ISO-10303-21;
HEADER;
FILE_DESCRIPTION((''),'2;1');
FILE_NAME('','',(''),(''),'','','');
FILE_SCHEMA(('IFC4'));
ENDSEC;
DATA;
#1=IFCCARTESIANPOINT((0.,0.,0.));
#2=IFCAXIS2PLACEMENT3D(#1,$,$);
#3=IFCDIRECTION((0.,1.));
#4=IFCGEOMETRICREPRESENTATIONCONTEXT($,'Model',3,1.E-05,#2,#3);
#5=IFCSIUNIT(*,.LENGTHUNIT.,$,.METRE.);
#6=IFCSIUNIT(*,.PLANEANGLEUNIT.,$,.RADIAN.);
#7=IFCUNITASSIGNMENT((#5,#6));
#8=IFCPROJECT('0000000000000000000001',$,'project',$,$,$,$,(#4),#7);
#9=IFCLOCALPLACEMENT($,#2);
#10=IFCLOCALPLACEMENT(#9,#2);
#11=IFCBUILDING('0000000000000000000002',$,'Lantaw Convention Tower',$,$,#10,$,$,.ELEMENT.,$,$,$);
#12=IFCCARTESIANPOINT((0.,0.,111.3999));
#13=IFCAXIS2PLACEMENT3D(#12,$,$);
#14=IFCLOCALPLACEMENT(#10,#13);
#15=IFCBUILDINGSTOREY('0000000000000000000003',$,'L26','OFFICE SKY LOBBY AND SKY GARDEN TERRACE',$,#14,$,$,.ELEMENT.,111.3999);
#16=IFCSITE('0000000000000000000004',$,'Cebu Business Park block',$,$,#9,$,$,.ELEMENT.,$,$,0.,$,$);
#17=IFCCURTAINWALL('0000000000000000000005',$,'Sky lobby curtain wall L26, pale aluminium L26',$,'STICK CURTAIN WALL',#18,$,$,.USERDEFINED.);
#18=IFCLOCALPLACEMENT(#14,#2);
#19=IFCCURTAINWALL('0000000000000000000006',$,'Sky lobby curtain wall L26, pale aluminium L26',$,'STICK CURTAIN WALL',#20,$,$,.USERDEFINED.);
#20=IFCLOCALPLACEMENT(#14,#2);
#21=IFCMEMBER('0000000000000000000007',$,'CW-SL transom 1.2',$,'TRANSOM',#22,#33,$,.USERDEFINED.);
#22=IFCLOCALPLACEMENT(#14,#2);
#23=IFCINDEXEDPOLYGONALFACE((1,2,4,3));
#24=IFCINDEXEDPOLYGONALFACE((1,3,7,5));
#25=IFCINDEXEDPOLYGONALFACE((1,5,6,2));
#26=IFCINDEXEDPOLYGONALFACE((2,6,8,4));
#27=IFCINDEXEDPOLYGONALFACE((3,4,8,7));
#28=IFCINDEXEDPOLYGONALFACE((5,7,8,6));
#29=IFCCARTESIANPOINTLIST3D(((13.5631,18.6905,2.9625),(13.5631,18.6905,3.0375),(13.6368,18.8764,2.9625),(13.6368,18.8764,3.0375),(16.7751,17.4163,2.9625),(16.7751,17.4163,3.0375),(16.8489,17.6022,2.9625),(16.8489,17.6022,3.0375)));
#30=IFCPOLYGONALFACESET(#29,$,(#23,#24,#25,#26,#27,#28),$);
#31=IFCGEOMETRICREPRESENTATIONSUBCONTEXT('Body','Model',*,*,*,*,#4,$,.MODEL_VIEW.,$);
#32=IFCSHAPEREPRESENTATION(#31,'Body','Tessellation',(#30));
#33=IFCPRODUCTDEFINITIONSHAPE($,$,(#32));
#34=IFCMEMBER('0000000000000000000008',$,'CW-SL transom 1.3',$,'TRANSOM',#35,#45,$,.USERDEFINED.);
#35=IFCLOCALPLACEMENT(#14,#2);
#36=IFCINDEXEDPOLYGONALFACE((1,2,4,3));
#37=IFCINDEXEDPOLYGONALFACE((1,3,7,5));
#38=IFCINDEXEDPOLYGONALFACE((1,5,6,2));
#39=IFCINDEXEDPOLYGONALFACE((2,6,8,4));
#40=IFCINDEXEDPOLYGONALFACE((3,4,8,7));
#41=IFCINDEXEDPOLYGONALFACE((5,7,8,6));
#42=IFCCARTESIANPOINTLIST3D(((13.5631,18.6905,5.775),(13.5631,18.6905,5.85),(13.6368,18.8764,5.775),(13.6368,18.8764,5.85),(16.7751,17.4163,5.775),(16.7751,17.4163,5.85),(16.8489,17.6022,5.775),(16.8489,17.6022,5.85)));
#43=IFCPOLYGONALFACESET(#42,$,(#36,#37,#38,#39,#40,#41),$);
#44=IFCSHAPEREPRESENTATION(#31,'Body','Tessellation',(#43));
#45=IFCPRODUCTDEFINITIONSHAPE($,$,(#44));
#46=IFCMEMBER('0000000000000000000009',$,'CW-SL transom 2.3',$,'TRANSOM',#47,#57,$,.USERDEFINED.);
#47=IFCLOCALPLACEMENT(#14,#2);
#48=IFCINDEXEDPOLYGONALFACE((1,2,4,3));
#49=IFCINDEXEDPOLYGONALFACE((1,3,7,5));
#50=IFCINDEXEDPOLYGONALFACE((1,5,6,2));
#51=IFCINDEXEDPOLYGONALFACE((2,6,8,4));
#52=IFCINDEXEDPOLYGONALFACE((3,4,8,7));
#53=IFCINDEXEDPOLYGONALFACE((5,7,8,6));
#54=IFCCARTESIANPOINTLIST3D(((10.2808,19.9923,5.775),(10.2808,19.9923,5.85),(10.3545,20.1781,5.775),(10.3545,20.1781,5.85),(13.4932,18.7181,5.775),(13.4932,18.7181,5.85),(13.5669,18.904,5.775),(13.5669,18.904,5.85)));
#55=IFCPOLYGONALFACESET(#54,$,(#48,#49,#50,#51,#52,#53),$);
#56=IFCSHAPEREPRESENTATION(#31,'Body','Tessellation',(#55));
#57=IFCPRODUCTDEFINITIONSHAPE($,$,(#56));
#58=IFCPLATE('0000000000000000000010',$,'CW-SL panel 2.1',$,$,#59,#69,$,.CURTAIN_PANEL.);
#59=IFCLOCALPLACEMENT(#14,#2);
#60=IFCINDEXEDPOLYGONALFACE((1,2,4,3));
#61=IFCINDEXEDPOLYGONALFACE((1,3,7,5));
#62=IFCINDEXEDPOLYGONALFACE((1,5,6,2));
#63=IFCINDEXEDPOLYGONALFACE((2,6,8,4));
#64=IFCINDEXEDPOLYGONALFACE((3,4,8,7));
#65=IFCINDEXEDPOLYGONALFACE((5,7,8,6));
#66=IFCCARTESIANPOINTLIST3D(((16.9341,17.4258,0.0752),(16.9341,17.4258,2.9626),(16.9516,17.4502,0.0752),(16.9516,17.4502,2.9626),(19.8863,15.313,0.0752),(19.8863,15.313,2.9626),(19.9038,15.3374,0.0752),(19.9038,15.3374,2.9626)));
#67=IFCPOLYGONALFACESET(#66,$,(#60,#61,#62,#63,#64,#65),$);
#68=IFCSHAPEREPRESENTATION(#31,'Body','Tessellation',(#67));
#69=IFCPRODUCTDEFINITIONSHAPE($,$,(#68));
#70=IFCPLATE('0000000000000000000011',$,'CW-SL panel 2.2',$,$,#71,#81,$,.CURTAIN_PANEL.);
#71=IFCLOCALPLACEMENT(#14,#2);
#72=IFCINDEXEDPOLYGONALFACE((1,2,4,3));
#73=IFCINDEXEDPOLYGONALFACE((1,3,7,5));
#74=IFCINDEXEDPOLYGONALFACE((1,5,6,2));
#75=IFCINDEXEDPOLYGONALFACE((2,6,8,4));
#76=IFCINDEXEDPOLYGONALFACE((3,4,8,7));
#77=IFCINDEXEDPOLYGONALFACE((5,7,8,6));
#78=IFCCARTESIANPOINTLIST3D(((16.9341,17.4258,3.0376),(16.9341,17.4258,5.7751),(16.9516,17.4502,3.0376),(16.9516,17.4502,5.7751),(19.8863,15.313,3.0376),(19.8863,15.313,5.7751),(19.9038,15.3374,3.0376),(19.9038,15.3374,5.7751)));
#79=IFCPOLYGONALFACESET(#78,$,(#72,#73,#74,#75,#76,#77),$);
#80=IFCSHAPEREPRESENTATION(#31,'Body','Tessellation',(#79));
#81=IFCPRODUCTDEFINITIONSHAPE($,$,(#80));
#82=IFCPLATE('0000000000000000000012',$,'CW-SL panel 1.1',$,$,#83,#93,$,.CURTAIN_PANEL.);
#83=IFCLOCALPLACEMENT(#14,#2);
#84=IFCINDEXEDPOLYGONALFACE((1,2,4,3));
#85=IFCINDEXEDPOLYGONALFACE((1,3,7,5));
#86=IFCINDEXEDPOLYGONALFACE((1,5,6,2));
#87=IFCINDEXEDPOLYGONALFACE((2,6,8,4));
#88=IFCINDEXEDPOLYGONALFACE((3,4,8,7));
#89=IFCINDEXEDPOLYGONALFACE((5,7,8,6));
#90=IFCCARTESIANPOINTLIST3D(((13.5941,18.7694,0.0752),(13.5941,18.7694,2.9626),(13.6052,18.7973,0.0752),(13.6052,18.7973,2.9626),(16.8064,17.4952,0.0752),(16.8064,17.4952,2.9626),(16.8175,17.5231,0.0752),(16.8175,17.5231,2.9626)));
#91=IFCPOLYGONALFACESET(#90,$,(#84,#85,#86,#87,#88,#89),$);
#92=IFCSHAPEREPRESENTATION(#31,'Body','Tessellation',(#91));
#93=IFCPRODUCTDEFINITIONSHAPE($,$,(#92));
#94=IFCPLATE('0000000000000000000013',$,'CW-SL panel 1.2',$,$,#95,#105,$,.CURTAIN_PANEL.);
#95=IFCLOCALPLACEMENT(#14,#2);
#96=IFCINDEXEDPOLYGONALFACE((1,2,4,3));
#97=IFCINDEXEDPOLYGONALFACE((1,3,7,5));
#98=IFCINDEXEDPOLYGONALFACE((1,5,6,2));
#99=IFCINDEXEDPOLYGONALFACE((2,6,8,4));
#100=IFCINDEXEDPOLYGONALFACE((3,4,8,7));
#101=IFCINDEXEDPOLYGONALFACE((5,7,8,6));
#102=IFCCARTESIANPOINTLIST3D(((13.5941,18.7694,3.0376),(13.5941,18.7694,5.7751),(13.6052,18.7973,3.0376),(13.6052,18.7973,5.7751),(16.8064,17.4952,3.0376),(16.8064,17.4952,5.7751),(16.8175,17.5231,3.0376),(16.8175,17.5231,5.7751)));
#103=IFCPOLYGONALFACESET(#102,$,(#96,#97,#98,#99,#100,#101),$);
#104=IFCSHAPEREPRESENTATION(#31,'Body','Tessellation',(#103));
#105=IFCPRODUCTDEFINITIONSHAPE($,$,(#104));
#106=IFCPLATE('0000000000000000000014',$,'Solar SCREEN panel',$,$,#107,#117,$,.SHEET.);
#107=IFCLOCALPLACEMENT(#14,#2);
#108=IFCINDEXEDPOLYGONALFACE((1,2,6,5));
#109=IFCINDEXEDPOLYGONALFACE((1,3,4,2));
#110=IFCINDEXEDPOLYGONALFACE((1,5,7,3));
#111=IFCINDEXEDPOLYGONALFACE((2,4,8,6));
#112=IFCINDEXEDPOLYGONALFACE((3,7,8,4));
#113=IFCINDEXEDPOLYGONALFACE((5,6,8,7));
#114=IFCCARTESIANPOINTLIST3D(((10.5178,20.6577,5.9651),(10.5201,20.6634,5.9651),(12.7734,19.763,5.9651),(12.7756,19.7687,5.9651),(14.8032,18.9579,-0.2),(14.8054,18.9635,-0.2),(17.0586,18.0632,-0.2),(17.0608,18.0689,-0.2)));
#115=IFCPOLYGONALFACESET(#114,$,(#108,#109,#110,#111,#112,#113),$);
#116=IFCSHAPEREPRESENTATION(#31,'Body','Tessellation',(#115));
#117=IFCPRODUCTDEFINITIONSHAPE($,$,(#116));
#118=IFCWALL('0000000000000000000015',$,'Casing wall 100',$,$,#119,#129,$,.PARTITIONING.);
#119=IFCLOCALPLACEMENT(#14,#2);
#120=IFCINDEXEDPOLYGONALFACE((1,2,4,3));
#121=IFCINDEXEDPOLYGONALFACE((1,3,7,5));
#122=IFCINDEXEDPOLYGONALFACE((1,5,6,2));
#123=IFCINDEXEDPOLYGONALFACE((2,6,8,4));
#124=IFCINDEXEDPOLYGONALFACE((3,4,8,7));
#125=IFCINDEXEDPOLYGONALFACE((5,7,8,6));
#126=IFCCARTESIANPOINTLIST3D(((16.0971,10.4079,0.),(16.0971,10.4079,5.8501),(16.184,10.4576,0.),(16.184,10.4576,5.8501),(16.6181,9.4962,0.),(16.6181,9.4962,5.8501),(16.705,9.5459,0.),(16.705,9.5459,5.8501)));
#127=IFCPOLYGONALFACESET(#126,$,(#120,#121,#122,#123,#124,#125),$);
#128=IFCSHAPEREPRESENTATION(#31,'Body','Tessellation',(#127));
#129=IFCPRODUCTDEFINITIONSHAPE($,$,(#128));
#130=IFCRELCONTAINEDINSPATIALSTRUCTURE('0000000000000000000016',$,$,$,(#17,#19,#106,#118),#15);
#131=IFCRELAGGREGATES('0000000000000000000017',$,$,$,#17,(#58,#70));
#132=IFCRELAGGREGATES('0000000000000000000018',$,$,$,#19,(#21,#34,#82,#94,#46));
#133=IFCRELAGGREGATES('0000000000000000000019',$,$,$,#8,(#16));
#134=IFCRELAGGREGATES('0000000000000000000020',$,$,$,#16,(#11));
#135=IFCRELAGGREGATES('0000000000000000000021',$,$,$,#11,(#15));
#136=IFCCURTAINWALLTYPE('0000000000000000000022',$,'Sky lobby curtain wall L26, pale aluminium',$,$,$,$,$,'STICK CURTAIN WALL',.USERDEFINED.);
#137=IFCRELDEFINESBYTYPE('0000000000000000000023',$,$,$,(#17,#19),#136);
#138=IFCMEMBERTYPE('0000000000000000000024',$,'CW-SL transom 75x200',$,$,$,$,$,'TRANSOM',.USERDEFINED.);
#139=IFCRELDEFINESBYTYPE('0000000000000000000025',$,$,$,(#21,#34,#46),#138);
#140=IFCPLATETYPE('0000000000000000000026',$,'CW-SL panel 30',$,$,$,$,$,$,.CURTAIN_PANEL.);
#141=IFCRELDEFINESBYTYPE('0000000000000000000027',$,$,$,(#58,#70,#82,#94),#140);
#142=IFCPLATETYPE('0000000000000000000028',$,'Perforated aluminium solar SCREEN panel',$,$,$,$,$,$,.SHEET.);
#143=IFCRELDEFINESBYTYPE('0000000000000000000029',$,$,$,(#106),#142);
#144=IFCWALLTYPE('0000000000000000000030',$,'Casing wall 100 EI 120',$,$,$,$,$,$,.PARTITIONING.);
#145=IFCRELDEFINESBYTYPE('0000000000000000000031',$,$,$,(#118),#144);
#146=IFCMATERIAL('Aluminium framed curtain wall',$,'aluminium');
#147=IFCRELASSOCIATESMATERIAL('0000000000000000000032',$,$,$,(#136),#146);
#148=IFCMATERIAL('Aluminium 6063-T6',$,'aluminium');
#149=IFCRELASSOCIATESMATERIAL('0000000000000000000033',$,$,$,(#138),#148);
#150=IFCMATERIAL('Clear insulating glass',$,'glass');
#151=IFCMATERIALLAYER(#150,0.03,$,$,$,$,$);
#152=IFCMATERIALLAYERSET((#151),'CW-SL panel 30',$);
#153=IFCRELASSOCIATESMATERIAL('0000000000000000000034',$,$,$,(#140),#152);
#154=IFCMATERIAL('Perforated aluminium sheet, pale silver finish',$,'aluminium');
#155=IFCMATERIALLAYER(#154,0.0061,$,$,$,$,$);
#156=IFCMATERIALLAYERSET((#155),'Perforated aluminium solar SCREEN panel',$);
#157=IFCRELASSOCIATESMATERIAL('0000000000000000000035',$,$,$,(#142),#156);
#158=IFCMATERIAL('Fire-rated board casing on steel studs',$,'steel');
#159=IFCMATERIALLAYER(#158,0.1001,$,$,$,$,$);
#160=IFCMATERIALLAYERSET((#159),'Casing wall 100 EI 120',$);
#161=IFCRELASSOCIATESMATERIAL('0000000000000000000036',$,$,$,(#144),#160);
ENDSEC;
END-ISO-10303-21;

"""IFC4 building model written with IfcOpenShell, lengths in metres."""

from ifc_helpers import new_model, si_unit, direction, frame, frame_2d, origin, origin_2d, place, context, subcontext, project, spatial, polyline, rectangle, outline, extrude, material, layer, layer_set, material_profile, profile_set, type_object, element, aggregate, save


model = new_model("IFC4")

# Units and contexts
model_context = context("Model", 3, precision=1e-05, world=origin(), true_north=direction((0.0, 1.0)))
body_context = subcontext(model_context, "Body", "Model", "MODEL_VIEW")
ifc_project = project(units=[si_unit("LENGTHUNIT", "METRE"), si_unit("PLANEANGLEUNIT", "RADIAN")], contexts=[model_context])

# Site, building, storey
site_placement = place(None, origin())
site = spatial("IfcSite", under=ifc_project, at=site_placement, Name="Cebu Business Park block", CompositionType="ELEMENT", RefElevation=0.0)
building_placement = place(site_placement, origin())
building = spatial("IfcBuilding", under=site, at=building_placement, Name="Lantaw Convention Tower", CompositionType="ELEMENT")
storey_placement = place(building_placement, frame((0.0, 0.0, 111.3999)))
storey = spatial("IfcBuildingStorey", under=building, at=storey_placement, Name="L26", Description="OFFICE SKY LOBBY AND SKY GARDEN TERRACE", CompositionType="ELEMENT", Elevation=111.3999)

# Curtain wall
ifc_material_1 = material(Name="Aluminium framed curtain wall", Category="aluminium")
curtain_wall_type = type_object("IfcCurtainWallType", Name="Sky lobby curtain wall L26, pale aluminium", ElementType="STICK CURTAIN WALL", PredefinedType="USERDEFINED", material=ifc_material_1)
curtain_wall_1_placement = place(storey_placement, origin())
curtain_wall_1 = element("IfcCurtainWall", 1, at=curtain_wall_1_placement, inside=storey, type_object=curtain_wall_type, Name="Sky lobby curtain wall L26, pale aluminium L26", ObjectType="STICK CURTAIN WALL", PredefinedType="USERDEFINED")
ifc_material_2 = material(Name="Aluminium 6063-T6", Category="aluminium")

# Curtain wall
curtain_wall_2_placement = place(storey_placement, origin())
curtain_wall_2 = element("IfcCurtainWall", 2, at=curtain_wall_2_placement, inside=storey, type_object=curtain_wall_type, Name="Sky lobby curtain wall L26, pale aluminium L26", ObjectType="STICK CURTAIN WALL", PredefinedType="USERDEFINED")

# Members
ifc_material_profile_1 = material_profile(ifc_material_2, rectangle(XDim=0.2, YDim=0.075, at=origin_2d()), Name="CW-SL transom 75x200")
ifc_profile_set_1 = profile_set([ifc_material_profile_1], Name="Aluminium 6063-T6")
member_type_1 = type_object("IfcMemberType", Name="CW-SL transom 75x200", ElementType="TRANSOM", PredefinedType="USERDEFINED", material=ifc_profile_set_1)
member_1_placement = place(storey_placement, frame((16.812, 17.5093, 3.0), z_axis=(-0.92954, 0.368722, 0.0), x_axis=(-0.368722, -0.92954, 0.0)))
member_1 = element("IfcMember", 3, at=member_1_placement, type_object=member_type_1, Name="CW-SL transom 1.2", ObjectType="TRANSOM", PredefinedType="USERDEFINED", context=body_context, shape_type="SweptSolid", body=[
    extrude(rectangle(XDim=0.2, YDim=0.075, at=origin_2d()), origin(), (0.0, 0.0, 1.0), 3.4556),
])
member_2_placement = place(storey_placement, frame((16.812, 17.5093, 5.8125), z_axis=(-0.92954, 0.368722, 0.0), x_axis=(-0.368722, -0.92954, 0.0)))
member_2 = element("IfcMember", 4, at=member_2_placement, type_object=member_type_1, Name="CW-SL transom 1.3", ObjectType="TRANSOM", PredefinedType="USERDEFINED", context=body_context, shape_type="SweptSolid", body=[
    extrude(rectangle(XDim=0.2, YDim=0.075, at=origin_2d()), origin(), (0.0, 0.0, 1.0), 3.4556),
])
member_3_placement = place(storey_placement, frame((13.53, 18.811, 5.8125), z_axis=(-0.92955, 0.368697, 0.0), x_axis=(-0.368697, -0.92955, 0.0)))
member_3 = element("IfcMember", 5, at=member_3_placement, type_object=member_type_1, Name="CW-SL transom 2.3", ObjectType="TRANSOM", PredefinedType="USERDEFINED", context=body_context, shape_type="SweptSolid", body=[
    extrude(rectangle(XDim=0.2, YDim=0.075, at=origin_2d()), origin(), (0.0, 0.0, 1.0), 3.4558),
])

# Plates
ifc_material_3 = material(Name="Clear insulating glass", Category="glass")
ifc_layer_1 = layer(ifc_material_3, 0.03)
ifc_layer_set_1 = layer_set([ifc_layer_1], Name="CW-SL panel 30")
plate_type_1 = type_object("IfcPlateType", Name="CW-SL panel 30", PredefinedType="CURTAIN_PANEL", material=ifc_layer_set_1)
plate_1_placement = place(storey_placement, frame((18.4189, 16.3816, 0.0752), z_axis=(0.0, 0.0, 1.0), x_axis=(-0.813208, 0.581973, 0.0)))
plate_1 = element("IfcPlate", 6, at=plate_1_placement, type_object=plate_type_1, Name="CW-SL panel 2.1", PredefinedType="CURTAIN_PANEL", context=body_context, shape_type="SweptSolid", body=[
    extrude(rectangle(XDim=3.6304, YDim=0.03, at=origin_2d()), origin(), (0.0, 0.0, 1.0), 2.8875),
])
plate_2_placement = place(storey_placement, frame((18.4189, 16.3816, 3.0376), z_axis=(0.0, 0.0, 1.0), x_axis=(-0.813208, 0.581973, 0.0)))
plate_2 = element("IfcPlate", 7, at=plate_2_placement, type_object=plate_type_1, Name="CW-SL panel 2.2", PredefinedType="CURTAIN_PANEL", context=body_context, shape_type="SweptSolid", body=[
    extrude(rectangle(XDim=3.6304, YDim=0.03, at=origin_2d()), origin(), (0.0, 0.0, 1.0), 2.7375),
])
aggregate(curtain_wall_1, [plate_1, plate_2])
plate_3_placement = place(storey_placement, frame((15.2058, 18.1462, 0.0752), z_axis=(0.0, 0.0, 1.0), x_axis=(-0.929548, 0.368702, 0.0)))
plate_3 = element("IfcPlate", 8, at=plate_3_placement, type_object=plate_type_1, Name="CW-SL panel 1.1", PredefinedType="CURTAIN_PANEL", context=body_context, shape_type="SweptSolid", body=[
    extrude(rectangle(XDim=3.4558, YDim=0.03, at=origin_2d()), origin(), (0.0, 0.0, 1.0), 2.8875),
])
plate_4_placement = place(storey_placement, frame((15.2058, 18.1462, 3.0376), z_axis=(0.0, 0.0, 1.0), x_axis=(-0.929548, 0.368702, 0.0)))
plate_4 = element("IfcPlate", 9, at=plate_4_placement, type_object=plate_type_1, Name="CW-SL panel 1.2", PredefinedType="CURTAIN_PANEL", context=body_context, shape_type="SweptSolid", body=[
    extrude(rectangle(XDim=3.4558, YDim=0.03, at=origin_2d()), origin(), (0.0, 0.0, 1.0), 2.7375),
])
aggregate(curtain_wall_2, [member_1, member_2, plate_3, plate_4, member_3])
ifc_material_4 = material(Name="Perforated aluminium sheet, pale silver finish", Category="aluminium")
ifc_layer_2 = layer(ifc_material_4, 0.0061)
ifc_layer_set_2 = layer_set([ifc_layer_2], Name="Perforated aluminium solar SCREEN panel")
plate_type_2 = type_object("IfcPlateType", Name="Perforated aluminium solar SCREEN panel", PredefinedType="SHEET", material=ifc_layer_set_2)
plate_5_placement = place(storey_placement, frame((17.0586, 18.0632, -0.2), z_axis=(-0.368709, -0.929545, 0.000008), x_axis=(-0.929545, 0.368709, 0.0)))
element("IfcPlate", 10, at=plate_5_placement, inside=storey, type_object=plate_type_2, Name="Solar SCREEN panel", PredefinedType="SHEET", context=body_context, shape_type="SweptSolid", body=[
    extrude(outline(polyline([(0.0, 0.0), (2.4264, 0.0), (7.0365, -6.165), (4.61, -6.165), (0.0, 0.0)])), origin(), (0.0, 0.0, -1.0), 0.0061),
])

# Wall
ifc_material_5 = material(Name="Fire-rated board casing on steel studs", Category="steel")
ifc_layer_3 = layer(ifc_material_5, 0.1001)
ifc_layer_set_3 = layer_set([ifc_layer_3], Name="Casing wall 100 EI 120")
wall_type = type_object("IfcWallType", Name="Casing wall 100 EI 120", PredefinedType="PARTITIONING", material=ifc_layer_set_3)
wall_placement = place(storey_placement, frame((16.1406, 10.4326, 0.0), z_axis=(0.0, 0.0, 1.0), x_axis=(0.496189, -0.868215, 0.0)))
element("IfcWall", 11, at=wall_placement, inside=storey, type_object=wall_type, Name="Casing wall 100", PredefinedType="PARTITIONING", context=body_context, shape_type="SweptSolid", body=[
    extrude(rectangle(XDim=1.05, YDim=0.1001, at=frame_2d((0.5249, 0.0))), origin(), (0.0, 0.0, 1.0), 5.8501),
])

save(model, "model.ifc")
